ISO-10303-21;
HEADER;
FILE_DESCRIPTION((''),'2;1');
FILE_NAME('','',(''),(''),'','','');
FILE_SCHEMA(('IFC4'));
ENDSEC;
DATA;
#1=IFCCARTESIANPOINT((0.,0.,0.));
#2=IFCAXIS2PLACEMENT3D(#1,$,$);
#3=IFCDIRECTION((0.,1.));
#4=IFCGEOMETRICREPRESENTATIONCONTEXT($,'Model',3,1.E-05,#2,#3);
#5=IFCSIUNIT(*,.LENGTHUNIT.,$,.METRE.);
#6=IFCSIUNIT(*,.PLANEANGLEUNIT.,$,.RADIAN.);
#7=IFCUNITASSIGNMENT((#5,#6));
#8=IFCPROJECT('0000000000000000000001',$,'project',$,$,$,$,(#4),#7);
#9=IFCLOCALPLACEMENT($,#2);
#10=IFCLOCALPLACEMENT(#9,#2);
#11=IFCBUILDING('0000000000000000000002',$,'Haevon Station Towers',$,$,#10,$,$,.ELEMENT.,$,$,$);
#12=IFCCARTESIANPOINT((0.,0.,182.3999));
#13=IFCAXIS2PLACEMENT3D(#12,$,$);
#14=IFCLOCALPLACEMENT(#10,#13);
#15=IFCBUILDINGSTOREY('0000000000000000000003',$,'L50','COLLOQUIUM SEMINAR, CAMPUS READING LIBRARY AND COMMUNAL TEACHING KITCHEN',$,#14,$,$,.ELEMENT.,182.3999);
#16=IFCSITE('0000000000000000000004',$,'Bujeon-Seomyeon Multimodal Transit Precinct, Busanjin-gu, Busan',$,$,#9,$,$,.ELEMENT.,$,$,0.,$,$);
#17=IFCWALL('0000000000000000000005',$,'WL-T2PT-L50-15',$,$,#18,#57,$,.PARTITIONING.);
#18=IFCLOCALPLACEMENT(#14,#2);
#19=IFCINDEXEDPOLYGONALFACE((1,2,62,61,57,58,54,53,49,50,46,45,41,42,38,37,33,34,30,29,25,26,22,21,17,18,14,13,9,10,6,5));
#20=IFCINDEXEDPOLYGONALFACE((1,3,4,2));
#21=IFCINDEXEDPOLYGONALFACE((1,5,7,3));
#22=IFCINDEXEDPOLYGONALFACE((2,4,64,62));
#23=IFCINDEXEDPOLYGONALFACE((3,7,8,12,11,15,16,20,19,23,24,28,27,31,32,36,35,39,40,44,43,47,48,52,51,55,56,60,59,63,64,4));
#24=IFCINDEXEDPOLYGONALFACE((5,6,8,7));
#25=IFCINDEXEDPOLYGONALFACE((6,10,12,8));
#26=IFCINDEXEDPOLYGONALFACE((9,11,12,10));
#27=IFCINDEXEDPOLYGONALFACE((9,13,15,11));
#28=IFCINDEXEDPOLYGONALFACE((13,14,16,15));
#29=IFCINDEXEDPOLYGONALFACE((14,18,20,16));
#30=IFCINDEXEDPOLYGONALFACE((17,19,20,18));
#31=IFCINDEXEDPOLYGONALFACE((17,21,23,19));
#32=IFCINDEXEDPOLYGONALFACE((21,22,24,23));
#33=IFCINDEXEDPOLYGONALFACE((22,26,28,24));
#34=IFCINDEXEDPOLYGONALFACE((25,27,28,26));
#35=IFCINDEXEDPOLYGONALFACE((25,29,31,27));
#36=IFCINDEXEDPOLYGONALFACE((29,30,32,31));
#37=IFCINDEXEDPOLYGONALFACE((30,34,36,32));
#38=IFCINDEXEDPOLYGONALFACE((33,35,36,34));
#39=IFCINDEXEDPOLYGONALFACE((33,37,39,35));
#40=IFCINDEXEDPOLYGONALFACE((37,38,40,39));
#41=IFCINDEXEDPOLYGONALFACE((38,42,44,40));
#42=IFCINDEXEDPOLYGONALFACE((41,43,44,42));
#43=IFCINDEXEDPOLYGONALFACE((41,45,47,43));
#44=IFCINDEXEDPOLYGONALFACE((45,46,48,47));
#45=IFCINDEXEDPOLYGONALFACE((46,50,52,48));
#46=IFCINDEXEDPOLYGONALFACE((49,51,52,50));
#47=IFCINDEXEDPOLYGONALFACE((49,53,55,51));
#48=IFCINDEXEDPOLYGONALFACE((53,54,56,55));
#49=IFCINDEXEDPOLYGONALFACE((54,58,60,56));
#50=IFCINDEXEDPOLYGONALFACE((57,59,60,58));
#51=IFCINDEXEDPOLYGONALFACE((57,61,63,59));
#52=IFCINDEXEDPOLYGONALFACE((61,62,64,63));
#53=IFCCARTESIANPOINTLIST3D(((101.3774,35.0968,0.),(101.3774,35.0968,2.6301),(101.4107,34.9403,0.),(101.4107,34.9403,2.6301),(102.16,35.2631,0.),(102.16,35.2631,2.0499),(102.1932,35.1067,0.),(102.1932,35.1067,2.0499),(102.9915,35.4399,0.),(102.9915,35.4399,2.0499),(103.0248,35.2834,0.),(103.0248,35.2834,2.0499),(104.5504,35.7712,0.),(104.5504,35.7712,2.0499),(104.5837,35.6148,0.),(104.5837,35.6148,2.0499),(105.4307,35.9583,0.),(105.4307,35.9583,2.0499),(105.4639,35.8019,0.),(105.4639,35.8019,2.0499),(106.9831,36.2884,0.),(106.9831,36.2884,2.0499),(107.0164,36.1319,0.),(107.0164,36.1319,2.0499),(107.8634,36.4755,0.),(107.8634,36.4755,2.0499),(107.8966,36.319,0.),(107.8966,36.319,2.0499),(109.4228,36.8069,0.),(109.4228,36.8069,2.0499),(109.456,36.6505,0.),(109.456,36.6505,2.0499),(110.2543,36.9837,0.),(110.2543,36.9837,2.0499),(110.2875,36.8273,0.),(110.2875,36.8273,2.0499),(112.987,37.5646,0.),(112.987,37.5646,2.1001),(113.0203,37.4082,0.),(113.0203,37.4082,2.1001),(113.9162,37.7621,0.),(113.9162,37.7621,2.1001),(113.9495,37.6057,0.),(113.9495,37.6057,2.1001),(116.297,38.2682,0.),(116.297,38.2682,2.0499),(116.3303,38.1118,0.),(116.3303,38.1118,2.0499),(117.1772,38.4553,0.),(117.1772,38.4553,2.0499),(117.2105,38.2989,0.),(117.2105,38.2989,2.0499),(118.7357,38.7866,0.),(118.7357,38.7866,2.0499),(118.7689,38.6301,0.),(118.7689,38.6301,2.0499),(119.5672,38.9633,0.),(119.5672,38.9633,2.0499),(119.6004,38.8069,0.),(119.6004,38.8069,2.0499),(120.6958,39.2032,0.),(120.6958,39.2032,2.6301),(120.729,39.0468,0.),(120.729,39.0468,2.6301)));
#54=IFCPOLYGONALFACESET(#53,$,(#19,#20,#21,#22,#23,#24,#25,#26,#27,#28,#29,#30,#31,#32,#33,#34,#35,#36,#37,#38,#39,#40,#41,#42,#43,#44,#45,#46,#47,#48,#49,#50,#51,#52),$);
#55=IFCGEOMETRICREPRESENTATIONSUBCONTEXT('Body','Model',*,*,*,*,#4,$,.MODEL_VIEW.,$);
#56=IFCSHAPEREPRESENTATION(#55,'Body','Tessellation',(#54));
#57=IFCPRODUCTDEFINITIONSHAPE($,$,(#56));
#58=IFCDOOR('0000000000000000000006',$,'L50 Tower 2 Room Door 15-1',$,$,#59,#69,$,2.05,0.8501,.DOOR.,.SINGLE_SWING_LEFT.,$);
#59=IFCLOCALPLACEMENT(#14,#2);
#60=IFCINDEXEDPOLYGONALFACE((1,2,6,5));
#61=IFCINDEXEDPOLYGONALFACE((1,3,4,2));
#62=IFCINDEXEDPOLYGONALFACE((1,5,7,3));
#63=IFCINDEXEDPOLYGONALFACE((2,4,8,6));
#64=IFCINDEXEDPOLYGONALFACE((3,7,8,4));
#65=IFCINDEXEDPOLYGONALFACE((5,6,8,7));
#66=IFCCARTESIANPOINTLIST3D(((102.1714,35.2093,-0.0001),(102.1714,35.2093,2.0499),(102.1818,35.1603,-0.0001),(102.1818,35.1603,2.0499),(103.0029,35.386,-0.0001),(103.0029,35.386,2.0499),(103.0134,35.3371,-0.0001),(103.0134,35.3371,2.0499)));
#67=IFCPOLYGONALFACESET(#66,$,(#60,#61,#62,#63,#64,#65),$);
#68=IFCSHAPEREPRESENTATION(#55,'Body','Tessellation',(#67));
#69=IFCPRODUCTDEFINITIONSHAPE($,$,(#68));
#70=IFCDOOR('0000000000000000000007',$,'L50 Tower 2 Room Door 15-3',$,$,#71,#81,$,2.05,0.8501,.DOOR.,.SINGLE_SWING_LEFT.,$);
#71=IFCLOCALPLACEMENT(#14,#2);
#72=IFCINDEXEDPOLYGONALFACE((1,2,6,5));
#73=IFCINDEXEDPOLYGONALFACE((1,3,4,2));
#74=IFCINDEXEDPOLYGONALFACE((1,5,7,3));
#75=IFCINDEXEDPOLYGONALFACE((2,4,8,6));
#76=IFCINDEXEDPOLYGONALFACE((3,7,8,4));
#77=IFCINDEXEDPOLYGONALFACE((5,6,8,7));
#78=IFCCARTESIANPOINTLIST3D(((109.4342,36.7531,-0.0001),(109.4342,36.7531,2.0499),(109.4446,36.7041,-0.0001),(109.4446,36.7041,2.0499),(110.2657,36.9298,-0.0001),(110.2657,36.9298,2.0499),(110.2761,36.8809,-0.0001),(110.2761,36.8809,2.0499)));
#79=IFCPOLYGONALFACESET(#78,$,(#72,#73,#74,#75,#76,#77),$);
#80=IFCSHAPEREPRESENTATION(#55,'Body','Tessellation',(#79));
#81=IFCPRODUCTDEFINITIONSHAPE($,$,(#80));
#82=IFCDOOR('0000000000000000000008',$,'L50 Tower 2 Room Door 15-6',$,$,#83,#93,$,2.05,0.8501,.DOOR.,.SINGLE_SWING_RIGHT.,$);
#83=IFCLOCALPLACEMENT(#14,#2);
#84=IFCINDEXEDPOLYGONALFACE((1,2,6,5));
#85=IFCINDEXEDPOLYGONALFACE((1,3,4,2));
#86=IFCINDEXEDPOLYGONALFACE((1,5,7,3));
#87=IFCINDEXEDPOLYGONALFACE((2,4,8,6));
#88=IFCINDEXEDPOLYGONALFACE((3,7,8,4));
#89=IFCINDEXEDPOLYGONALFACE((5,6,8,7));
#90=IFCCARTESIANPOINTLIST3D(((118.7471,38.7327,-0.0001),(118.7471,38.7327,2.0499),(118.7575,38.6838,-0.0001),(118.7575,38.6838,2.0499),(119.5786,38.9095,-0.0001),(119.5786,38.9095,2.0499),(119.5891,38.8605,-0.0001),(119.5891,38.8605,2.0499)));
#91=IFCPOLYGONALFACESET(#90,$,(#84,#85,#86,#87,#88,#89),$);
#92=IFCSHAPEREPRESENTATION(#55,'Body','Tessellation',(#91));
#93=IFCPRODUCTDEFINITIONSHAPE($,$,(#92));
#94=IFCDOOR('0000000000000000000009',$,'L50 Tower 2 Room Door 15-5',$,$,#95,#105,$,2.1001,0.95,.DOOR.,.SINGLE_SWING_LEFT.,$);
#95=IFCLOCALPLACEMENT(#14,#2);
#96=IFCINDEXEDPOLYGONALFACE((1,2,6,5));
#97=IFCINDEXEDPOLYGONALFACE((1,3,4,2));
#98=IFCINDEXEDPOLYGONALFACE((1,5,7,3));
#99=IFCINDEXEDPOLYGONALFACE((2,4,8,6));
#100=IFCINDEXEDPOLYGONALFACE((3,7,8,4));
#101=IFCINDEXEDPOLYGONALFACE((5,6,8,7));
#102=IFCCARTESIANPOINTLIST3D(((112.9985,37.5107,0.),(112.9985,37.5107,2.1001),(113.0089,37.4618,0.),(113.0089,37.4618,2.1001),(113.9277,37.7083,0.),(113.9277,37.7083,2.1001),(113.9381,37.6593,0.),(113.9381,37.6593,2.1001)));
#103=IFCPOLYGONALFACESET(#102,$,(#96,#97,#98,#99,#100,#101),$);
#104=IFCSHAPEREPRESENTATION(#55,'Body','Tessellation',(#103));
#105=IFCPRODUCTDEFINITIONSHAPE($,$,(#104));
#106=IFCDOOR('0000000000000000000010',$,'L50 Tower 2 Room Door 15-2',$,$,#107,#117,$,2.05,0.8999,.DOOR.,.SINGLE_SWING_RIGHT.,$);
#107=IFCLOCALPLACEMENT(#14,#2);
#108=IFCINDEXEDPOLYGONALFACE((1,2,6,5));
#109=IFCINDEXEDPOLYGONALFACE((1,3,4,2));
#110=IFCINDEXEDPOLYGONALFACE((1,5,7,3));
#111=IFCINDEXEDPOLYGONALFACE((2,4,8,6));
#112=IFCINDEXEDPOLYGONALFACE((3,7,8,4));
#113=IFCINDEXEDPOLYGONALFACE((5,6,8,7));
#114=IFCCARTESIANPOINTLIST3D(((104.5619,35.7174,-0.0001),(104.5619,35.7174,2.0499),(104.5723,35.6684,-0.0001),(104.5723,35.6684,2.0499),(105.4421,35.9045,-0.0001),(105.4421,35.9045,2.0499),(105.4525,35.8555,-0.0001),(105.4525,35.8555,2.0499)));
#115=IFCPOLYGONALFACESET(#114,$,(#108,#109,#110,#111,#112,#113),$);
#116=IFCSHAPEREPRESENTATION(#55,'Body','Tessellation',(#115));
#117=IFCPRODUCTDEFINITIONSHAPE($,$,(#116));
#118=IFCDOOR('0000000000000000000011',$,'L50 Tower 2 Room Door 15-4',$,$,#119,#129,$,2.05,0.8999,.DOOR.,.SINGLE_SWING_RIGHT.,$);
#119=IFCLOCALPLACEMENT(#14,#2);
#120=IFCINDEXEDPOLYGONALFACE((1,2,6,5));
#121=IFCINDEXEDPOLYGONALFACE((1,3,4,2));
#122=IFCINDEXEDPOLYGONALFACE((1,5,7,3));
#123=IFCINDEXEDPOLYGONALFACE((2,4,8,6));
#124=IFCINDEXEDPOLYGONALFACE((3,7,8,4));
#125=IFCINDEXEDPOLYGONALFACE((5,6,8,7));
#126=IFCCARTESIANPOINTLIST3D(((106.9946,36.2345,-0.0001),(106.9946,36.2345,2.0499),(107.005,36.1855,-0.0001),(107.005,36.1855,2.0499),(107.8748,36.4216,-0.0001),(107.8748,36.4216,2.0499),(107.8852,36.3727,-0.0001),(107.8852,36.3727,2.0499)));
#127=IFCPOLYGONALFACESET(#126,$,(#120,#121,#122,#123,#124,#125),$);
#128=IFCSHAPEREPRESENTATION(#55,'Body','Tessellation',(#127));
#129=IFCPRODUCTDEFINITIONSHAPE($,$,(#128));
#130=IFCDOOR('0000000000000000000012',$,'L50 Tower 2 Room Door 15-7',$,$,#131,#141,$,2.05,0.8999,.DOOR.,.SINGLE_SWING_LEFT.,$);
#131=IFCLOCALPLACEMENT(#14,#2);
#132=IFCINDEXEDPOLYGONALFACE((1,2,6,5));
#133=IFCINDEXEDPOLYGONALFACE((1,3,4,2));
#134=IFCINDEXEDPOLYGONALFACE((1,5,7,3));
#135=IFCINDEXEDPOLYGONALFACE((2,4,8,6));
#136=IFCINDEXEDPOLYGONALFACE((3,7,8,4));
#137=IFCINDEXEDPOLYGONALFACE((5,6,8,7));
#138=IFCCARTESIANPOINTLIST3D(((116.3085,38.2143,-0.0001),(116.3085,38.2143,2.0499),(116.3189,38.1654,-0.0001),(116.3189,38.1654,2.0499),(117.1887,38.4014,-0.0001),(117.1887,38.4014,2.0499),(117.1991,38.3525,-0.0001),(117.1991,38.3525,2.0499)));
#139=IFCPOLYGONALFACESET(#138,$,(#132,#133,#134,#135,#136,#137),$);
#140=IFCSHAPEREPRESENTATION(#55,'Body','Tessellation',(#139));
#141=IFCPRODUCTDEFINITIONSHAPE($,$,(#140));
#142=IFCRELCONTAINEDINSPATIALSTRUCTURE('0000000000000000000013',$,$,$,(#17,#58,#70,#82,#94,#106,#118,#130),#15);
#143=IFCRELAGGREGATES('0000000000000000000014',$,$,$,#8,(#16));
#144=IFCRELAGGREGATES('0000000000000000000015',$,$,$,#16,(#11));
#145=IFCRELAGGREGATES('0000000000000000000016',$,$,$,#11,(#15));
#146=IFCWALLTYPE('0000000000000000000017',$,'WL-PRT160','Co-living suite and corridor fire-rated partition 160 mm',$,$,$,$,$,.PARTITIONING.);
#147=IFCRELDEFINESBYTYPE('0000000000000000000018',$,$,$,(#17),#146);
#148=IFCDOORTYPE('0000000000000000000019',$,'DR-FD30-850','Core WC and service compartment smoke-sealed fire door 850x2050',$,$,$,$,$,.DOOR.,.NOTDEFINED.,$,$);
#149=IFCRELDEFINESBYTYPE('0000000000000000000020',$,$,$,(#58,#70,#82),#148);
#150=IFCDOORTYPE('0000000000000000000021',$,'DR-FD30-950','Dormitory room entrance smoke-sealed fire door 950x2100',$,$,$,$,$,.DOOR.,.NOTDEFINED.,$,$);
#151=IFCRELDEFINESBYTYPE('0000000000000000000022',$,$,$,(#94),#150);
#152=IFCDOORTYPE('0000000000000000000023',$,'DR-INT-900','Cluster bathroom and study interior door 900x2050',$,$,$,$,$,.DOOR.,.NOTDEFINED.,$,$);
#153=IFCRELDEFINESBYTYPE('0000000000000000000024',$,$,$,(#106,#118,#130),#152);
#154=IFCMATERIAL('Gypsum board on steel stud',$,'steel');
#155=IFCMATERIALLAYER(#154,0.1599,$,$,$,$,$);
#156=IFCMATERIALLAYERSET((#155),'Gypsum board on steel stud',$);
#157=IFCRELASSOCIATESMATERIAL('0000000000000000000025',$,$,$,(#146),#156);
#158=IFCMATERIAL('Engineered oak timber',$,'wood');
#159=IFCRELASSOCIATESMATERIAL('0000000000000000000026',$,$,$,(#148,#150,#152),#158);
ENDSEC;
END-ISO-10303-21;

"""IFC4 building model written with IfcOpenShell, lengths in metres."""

from ifc_helpers import new_model, si_unit, direction, frame, frame_2d, origin, place, context, subcontext, project, spatial, rectangle, extrude, material, layer, layer_set, type_object, element, fill, save


model = new_model("IFC4")

# Units and contexts
model_context = context("Model", 3, precision=1e-05, world=origin(), true_north=direction((0.0, 1.0)))
body_context = subcontext(model_context, "Body", "Model", "MODEL_VIEW")
ifc_project = project(units=[si_unit("LENGTHUNIT", "METRE"), si_unit("PLANEANGLEUNIT", "RADIAN")], contexts=[model_context])

# Site, building, storey
site_placement = place(None, origin())
site = spatial("IfcSite", under=ifc_project, at=site_placement, Name="Bujeon-Seomyeon Multimodal Transit Precinct, Busanjin-gu, Busan", CompositionType="ELEMENT", RefElevation=0.0)
building_placement = place(site_placement, origin())
building = spatial("IfcBuilding", under=site, at=building_placement, Name="Haevon Station Towers", CompositionType="ELEMENT")
storey_placement = place(building_placement, frame((0.0, 0.0, 182.3999)))
storey = spatial("IfcBuildingStorey", under=building, at=storey_placement, Name="L50", Description="COLLOQUIUM SEMINAR, CAMPUS READING LIBRARY AND COMMUNAL TEACHING KITCHEN", CompositionType="ELEMENT", Elevation=182.3999)

# Shared definitions
ifc_material_1 = material(Name="Gypsum board on steel stud", Category="steel")
ifc_layer_1 = layer(ifc_material_1, 0.1599)
ifc_layer_set_1 = layer_set([ifc_layer_1], Name="Gypsum board on steel stud")
wall_type_1 = type_object("IfcWallType", Name="WL-PRT160", Description="Co-living suite and corridor fire-rated partition 160 mm", PredefinedType="PARTITIONING", material=ifc_layer_set_1)

# Wall, openings, doors
wall_1_placement = place(storey_placement, frame((101.394, 35.0186, 0.0), z_axis=(0.0, 0.0, 1.0), x_axis=(0.978146, 0.207921, 0.0)))
wall_1 = element("IfcWall", 1, at=wall_1_placement, inside=storey, type_object=wall_type_1, Name="WL-T2PT-L50-15", PredefinedType="PARTITIONING", context=body_context, shape_type="SweptSolid", body=[
    extrude(rectangle(XDim=19.75, YDim=0.1599, at=frame_2d((9.875, 0.0))), origin(), (0.0, 0.0, 1.0), 2.6301),
])
opening_1_placement = place(wall_1_placement, frame((0.8, 0.0, 0.0)))
opening_1 = element("IfcOpeningElement", 2, at=opening_1_placement, cuts=wall_1, PredefinedType="OPENING", context=body_context, shape_type="SweptSolid", body=[
    extrude(rectangle(XDim=0.8501, YDim=2.05, at=frame_2d((0.425, 1.0249))), frame((0.0, 0.0898, 0.0), z_axis=(0.0, -1.0, 0.0), x_axis=(1.0, 0.0, 0.0)), (0.0, 0.0, 1.0), 0.1799),
])
opening_2_placement = place(wall_1_placement, frame((3.2439, 0.0, 0.0)))
opening_2 = element("IfcOpeningElement", 3, at=opening_2_placement, cuts=wall_1, PredefinedType="OPENING", context=body_context, shape_type="SweptSolid", body=[
    extrude(rectangle(XDim=0.8999, YDim=2.05, at=frame_2d((0.45, 1.0249))), frame((0.0, 0.0898, 0.0), z_axis=(0.0, -1.0, 0.0), x_axis=(1.0, 0.0, 0.0)), (0.0, 0.0, 1.0), 0.1799),
])
opening_3_placement = place(wall_1_placement, frame((8.2251, 0.0, 0.0)))
opening_3 = element("IfcOpeningElement", 4, at=opening_3_placement, cuts=wall_1, PredefinedType="OPENING", context=body_context, shape_type="SweptSolid", body=[
    extrude(rectangle(XDim=0.8501, YDim=2.05, at=frame_2d((0.425, 1.0249))), frame((0.0, 0.0898, 0.0), z_axis=(0.0, -1.0, 0.0), x_axis=(1.0, 0.0, 0.0)), (0.0, 0.0, 1.0), 0.1799),
])
opening_4_placement = place(wall_1_placement, frame((5.731, 0.0, 0.0)))
opening_4 = element("IfcOpeningElement", 5, at=opening_4_placement, cuts=wall_1, PredefinedType="OPENING", context=body_context, shape_type="SweptSolid", body=[
    extrude(rectangle(XDim=0.8999, YDim=2.05, at=frame_2d((0.45, 1.0249))), frame((0.0, 0.0898, 0.0), z_axis=(0.0, -1.0, 0.0), x_axis=(1.0, 0.0, 0.0)), (0.0, 0.0, 1.0), 0.1799),
])
opening_5_placement = place(wall_1_placement, frame((11.8689, 0.0, 0.0)))
opening_5 = element("IfcOpeningElement", 6, at=opening_5_placement, cuts=wall_1, PredefinedType="OPENING", context=body_context, shape_type="SweptSolid", body=[
    extrude(rectangle(XDim=0.95, YDim=2.1001, at=frame_2d((0.4751, 1.05))), frame((0.0, 0.0898, 0.0), z_axis=(0.0, -1.0, 0.0), x_axis=(1.0, 0.0, 0.0)), (0.0, 0.0, 1.0), 0.1799),
])
opening_6_placement = place(wall_1_placement, frame((17.7461, 0.0, 0.0)))
opening_6 = element("IfcOpeningElement", 7, at=opening_6_placement, cuts=wall_1, PredefinedType="OPENING", context=body_context, shape_type="SweptSolid", body=[
    extrude(rectangle(XDim=0.8501, YDim=2.05, at=frame_2d((0.425, 1.0249))), frame((0.0, 0.0898, 0.0), z_axis=(0.0, -1.0, 0.0), x_axis=(1.0, 0.0, 0.0)), (0.0, 0.0, 1.0), 0.1799),
])
opening_7_placement = place(wall_1_placement, frame((15.2529, 0.0, 0.0)))
opening_7 = element("IfcOpeningElement", 8, at=opening_7_placement, cuts=wall_1, PredefinedType="OPENING", context=body_context, shape_type="SweptSolid", body=[
    extrude(rectangle(XDim=0.8999, YDim=2.05, at=frame_2d((0.45, 1.0249))), frame((0.0, 0.0898, 0.0), z_axis=(0.0, -1.0, 0.0), x_axis=(1.0, 0.0, 0.0)), (0.0, 0.0, 1.0), 0.1799),
])
ifc_material_2 = material(Name="Engineered oak timber", Category="wood")
door_type_1 = type_object("IfcDoorType", Name="DR-FD30-850", Description="Core WC and service compartment smoke-sealed fire door 850x2050", OperationType="NOTDEFINED", PredefinedType="DOOR", material=ifc_material_2)
door_1_placement = place(opening_1_placement, origin())
door_1 = element("IfcDoor", 9, at=door_1_placement, inside=storey, type_object=door_type_1, Name="L50 Tower 2 Room Door 15-1", OperationType="SINGLE_SWING_LEFT", OverallHeight=2.05, OverallWidth=0.8501, PredefinedType="DOOR", context=body_context, shape_type="SweptSolid", body=[
    extrude(rectangle(XDim=0.8501, YDim=2.05, at=frame_2d((0.425, 1.0249))), frame((0.0, 0.0249, 0.0), z_axis=(0.0, -1.0, 0.0), x_axis=(1.0, 0.0, 0.0)), (0.0, 0.0, 1.0), 0.05),
])
fill(opening_1, door_1)
door_2_placement = place(opening_3_placement, origin())
door_2 = element("IfcDoor", 10, at=door_2_placement, inside=storey, type_object=door_type_1, Name="L50 Tower 2 Room Door 15-3", OperationType="SINGLE_SWING_LEFT", OverallHeight=2.05, OverallWidth=0.8501, PredefinedType="DOOR", context=body_context, shape_type="SweptSolid", body=[
    extrude(rectangle(XDim=0.8501, YDim=2.05, at=frame_2d((0.425, 1.0249))), frame((0.0, 0.0249, 0.0), z_axis=(0.0, -1.0, 0.0), x_axis=(1.0, 0.0, 0.0)), (0.0, 0.0, 1.0), 0.05),
])
fill(opening_3, door_2)
door_3_placement = place(opening_6_placement, origin())
door_3 = element("IfcDoor", 11, at=door_3_placement, inside=storey, type_object=door_type_1, Name="L50 Tower 2 Room Door 15-6", OperationType="SINGLE_SWING_RIGHT", OverallHeight=2.05, OverallWidth=0.8501, PredefinedType="DOOR", context=body_context, shape_type="SweptSolid", body=[
    extrude(rectangle(XDim=0.8501, YDim=2.05, at=frame_2d((0.425, 1.0249))), frame((0.0, 0.0249, 0.0), z_axis=(0.0, -1.0, 0.0), x_axis=(1.0, 0.0, 0.0)), (0.0, 0.0, 1.0), 0.05),
])
fill(opening_6, door_3)
door_type_2 = type_object("IfcDoorType", Name="DR-FD30-950", Description="Dormitory room entrance smoke-sealed fire door 950x2100", OperationType="NOTDEFINED", PredefinedType="DOOR", material=ifc_material_2)
door_4_placement = place(opening_5_placement, origin())
door_4 = element("IfcDoor", 12, at=door_4_placement, inside=storey, type_object=door_type_2, Name="L50 Tower 2 Room Door 15-5", OperationType="SINGLE_SWING_LEFT", OverallHeight=2.1001, OverallWidth=0.95, PredefinedType="DOOR", context=body_context, shape_type="SweptSolid", body=[
    extrude(rectangle(XDim=0.95, YDim=2.1001, at=frame_2d((0.4751, 1.05))), frame((0.0, 0.0249, 0.0), z_axis=(0.0, -1.0, 0.0), x_axis=(1.0, 0.0, 0.0)), (0.0, 0.0, 1.0), 0.05),
])
fill(opening_5, door_4)
door_type_3 = type_object("IfcDoorType", Name="DR-INT-900", Description="Cluster bathroom and study interior door 900x2050", OperationType="NOTDEFINED", PredefinedType="DOOR", material=ifc_material_2)
door_5_placement = place(opening_2_placement, origin())
door_5 = element("IfcDoor", 13, at=door_5_placement, inside=storey, type_object=door_type_3, Name="L50 Tower 2 Room Door 15-2", OperationType="SINGLE_SWING_RIGHT", OverallHeight=2.05, OverallWidth=0.8999, PredefinedType="DOOR", context=body_context, shape_type="SweptSolid", body=[
    extrude(rectangle(XDim=0.8999, YDim=2.05, at=frame_2d((0.45, 1.0249))), frame((0.0, 0.0249, 0.0), z_axis=(0.0, -1.0, 0.0), x_axis=(1.0, 0.0, 0.0)), (0.0, 0.0, 1.0), 0.05),
])
fill(opening_2, door_5)
door_6_placement = place(opening_4_placement, origin())
door_6 = element("IfcDoor", 14, at=door_6_placement, inside=storey, type_object=door_type_3, Name="L50 Tower 2 Room Door 15-4", OperationType="SINGLE_SWING_RIGHT", OverallHeight=2.05, OverallWidth=0.8999, PredefinedType="DOOR", context=body_context, shape_type="SweptSolid", body=[
    extrude(rectangle(XDim=0.8999, YDim=2.05, at=frame_2d((0.45, 1.0249))), frame((0.0, 0.0249, 0.0), z_axis=(0.0, -1.0, 0.0), x_axis=(1.0, 0.0, 0.0)), (0.0, 0.0, 1.0), 0.05),
])
fill(opening_4, door_6)
door_7_placement = place(opening_7_placement, origin())
door_7 = element("IfcDoor", 15, at=door_7_placement, inside=storey, type_object=door_type_3, Name="L50 Tower 2 Room Door 15-7", OperationType="SINGLE_SWING_LEFT", OverallHeight=2.05, OverallWidth=0.8999, PredefinedType="DOOR", context=body_context, shape_type="SweptSolid", body=[
    extrude(rectangle(XDim=0.8999, YDim=2.05, at=frame_2d((0.45, 1.0249))), frame((0.0, 0.0249, 0.0), z_axis=(0.0, -1.0, 0.0), x_axis=(1.0, 0.0, 0.0)), (0.0, 0.0, 1.0), 0.05),
])
fill(opening_7, door_7)

save(model, "model.ifc")
